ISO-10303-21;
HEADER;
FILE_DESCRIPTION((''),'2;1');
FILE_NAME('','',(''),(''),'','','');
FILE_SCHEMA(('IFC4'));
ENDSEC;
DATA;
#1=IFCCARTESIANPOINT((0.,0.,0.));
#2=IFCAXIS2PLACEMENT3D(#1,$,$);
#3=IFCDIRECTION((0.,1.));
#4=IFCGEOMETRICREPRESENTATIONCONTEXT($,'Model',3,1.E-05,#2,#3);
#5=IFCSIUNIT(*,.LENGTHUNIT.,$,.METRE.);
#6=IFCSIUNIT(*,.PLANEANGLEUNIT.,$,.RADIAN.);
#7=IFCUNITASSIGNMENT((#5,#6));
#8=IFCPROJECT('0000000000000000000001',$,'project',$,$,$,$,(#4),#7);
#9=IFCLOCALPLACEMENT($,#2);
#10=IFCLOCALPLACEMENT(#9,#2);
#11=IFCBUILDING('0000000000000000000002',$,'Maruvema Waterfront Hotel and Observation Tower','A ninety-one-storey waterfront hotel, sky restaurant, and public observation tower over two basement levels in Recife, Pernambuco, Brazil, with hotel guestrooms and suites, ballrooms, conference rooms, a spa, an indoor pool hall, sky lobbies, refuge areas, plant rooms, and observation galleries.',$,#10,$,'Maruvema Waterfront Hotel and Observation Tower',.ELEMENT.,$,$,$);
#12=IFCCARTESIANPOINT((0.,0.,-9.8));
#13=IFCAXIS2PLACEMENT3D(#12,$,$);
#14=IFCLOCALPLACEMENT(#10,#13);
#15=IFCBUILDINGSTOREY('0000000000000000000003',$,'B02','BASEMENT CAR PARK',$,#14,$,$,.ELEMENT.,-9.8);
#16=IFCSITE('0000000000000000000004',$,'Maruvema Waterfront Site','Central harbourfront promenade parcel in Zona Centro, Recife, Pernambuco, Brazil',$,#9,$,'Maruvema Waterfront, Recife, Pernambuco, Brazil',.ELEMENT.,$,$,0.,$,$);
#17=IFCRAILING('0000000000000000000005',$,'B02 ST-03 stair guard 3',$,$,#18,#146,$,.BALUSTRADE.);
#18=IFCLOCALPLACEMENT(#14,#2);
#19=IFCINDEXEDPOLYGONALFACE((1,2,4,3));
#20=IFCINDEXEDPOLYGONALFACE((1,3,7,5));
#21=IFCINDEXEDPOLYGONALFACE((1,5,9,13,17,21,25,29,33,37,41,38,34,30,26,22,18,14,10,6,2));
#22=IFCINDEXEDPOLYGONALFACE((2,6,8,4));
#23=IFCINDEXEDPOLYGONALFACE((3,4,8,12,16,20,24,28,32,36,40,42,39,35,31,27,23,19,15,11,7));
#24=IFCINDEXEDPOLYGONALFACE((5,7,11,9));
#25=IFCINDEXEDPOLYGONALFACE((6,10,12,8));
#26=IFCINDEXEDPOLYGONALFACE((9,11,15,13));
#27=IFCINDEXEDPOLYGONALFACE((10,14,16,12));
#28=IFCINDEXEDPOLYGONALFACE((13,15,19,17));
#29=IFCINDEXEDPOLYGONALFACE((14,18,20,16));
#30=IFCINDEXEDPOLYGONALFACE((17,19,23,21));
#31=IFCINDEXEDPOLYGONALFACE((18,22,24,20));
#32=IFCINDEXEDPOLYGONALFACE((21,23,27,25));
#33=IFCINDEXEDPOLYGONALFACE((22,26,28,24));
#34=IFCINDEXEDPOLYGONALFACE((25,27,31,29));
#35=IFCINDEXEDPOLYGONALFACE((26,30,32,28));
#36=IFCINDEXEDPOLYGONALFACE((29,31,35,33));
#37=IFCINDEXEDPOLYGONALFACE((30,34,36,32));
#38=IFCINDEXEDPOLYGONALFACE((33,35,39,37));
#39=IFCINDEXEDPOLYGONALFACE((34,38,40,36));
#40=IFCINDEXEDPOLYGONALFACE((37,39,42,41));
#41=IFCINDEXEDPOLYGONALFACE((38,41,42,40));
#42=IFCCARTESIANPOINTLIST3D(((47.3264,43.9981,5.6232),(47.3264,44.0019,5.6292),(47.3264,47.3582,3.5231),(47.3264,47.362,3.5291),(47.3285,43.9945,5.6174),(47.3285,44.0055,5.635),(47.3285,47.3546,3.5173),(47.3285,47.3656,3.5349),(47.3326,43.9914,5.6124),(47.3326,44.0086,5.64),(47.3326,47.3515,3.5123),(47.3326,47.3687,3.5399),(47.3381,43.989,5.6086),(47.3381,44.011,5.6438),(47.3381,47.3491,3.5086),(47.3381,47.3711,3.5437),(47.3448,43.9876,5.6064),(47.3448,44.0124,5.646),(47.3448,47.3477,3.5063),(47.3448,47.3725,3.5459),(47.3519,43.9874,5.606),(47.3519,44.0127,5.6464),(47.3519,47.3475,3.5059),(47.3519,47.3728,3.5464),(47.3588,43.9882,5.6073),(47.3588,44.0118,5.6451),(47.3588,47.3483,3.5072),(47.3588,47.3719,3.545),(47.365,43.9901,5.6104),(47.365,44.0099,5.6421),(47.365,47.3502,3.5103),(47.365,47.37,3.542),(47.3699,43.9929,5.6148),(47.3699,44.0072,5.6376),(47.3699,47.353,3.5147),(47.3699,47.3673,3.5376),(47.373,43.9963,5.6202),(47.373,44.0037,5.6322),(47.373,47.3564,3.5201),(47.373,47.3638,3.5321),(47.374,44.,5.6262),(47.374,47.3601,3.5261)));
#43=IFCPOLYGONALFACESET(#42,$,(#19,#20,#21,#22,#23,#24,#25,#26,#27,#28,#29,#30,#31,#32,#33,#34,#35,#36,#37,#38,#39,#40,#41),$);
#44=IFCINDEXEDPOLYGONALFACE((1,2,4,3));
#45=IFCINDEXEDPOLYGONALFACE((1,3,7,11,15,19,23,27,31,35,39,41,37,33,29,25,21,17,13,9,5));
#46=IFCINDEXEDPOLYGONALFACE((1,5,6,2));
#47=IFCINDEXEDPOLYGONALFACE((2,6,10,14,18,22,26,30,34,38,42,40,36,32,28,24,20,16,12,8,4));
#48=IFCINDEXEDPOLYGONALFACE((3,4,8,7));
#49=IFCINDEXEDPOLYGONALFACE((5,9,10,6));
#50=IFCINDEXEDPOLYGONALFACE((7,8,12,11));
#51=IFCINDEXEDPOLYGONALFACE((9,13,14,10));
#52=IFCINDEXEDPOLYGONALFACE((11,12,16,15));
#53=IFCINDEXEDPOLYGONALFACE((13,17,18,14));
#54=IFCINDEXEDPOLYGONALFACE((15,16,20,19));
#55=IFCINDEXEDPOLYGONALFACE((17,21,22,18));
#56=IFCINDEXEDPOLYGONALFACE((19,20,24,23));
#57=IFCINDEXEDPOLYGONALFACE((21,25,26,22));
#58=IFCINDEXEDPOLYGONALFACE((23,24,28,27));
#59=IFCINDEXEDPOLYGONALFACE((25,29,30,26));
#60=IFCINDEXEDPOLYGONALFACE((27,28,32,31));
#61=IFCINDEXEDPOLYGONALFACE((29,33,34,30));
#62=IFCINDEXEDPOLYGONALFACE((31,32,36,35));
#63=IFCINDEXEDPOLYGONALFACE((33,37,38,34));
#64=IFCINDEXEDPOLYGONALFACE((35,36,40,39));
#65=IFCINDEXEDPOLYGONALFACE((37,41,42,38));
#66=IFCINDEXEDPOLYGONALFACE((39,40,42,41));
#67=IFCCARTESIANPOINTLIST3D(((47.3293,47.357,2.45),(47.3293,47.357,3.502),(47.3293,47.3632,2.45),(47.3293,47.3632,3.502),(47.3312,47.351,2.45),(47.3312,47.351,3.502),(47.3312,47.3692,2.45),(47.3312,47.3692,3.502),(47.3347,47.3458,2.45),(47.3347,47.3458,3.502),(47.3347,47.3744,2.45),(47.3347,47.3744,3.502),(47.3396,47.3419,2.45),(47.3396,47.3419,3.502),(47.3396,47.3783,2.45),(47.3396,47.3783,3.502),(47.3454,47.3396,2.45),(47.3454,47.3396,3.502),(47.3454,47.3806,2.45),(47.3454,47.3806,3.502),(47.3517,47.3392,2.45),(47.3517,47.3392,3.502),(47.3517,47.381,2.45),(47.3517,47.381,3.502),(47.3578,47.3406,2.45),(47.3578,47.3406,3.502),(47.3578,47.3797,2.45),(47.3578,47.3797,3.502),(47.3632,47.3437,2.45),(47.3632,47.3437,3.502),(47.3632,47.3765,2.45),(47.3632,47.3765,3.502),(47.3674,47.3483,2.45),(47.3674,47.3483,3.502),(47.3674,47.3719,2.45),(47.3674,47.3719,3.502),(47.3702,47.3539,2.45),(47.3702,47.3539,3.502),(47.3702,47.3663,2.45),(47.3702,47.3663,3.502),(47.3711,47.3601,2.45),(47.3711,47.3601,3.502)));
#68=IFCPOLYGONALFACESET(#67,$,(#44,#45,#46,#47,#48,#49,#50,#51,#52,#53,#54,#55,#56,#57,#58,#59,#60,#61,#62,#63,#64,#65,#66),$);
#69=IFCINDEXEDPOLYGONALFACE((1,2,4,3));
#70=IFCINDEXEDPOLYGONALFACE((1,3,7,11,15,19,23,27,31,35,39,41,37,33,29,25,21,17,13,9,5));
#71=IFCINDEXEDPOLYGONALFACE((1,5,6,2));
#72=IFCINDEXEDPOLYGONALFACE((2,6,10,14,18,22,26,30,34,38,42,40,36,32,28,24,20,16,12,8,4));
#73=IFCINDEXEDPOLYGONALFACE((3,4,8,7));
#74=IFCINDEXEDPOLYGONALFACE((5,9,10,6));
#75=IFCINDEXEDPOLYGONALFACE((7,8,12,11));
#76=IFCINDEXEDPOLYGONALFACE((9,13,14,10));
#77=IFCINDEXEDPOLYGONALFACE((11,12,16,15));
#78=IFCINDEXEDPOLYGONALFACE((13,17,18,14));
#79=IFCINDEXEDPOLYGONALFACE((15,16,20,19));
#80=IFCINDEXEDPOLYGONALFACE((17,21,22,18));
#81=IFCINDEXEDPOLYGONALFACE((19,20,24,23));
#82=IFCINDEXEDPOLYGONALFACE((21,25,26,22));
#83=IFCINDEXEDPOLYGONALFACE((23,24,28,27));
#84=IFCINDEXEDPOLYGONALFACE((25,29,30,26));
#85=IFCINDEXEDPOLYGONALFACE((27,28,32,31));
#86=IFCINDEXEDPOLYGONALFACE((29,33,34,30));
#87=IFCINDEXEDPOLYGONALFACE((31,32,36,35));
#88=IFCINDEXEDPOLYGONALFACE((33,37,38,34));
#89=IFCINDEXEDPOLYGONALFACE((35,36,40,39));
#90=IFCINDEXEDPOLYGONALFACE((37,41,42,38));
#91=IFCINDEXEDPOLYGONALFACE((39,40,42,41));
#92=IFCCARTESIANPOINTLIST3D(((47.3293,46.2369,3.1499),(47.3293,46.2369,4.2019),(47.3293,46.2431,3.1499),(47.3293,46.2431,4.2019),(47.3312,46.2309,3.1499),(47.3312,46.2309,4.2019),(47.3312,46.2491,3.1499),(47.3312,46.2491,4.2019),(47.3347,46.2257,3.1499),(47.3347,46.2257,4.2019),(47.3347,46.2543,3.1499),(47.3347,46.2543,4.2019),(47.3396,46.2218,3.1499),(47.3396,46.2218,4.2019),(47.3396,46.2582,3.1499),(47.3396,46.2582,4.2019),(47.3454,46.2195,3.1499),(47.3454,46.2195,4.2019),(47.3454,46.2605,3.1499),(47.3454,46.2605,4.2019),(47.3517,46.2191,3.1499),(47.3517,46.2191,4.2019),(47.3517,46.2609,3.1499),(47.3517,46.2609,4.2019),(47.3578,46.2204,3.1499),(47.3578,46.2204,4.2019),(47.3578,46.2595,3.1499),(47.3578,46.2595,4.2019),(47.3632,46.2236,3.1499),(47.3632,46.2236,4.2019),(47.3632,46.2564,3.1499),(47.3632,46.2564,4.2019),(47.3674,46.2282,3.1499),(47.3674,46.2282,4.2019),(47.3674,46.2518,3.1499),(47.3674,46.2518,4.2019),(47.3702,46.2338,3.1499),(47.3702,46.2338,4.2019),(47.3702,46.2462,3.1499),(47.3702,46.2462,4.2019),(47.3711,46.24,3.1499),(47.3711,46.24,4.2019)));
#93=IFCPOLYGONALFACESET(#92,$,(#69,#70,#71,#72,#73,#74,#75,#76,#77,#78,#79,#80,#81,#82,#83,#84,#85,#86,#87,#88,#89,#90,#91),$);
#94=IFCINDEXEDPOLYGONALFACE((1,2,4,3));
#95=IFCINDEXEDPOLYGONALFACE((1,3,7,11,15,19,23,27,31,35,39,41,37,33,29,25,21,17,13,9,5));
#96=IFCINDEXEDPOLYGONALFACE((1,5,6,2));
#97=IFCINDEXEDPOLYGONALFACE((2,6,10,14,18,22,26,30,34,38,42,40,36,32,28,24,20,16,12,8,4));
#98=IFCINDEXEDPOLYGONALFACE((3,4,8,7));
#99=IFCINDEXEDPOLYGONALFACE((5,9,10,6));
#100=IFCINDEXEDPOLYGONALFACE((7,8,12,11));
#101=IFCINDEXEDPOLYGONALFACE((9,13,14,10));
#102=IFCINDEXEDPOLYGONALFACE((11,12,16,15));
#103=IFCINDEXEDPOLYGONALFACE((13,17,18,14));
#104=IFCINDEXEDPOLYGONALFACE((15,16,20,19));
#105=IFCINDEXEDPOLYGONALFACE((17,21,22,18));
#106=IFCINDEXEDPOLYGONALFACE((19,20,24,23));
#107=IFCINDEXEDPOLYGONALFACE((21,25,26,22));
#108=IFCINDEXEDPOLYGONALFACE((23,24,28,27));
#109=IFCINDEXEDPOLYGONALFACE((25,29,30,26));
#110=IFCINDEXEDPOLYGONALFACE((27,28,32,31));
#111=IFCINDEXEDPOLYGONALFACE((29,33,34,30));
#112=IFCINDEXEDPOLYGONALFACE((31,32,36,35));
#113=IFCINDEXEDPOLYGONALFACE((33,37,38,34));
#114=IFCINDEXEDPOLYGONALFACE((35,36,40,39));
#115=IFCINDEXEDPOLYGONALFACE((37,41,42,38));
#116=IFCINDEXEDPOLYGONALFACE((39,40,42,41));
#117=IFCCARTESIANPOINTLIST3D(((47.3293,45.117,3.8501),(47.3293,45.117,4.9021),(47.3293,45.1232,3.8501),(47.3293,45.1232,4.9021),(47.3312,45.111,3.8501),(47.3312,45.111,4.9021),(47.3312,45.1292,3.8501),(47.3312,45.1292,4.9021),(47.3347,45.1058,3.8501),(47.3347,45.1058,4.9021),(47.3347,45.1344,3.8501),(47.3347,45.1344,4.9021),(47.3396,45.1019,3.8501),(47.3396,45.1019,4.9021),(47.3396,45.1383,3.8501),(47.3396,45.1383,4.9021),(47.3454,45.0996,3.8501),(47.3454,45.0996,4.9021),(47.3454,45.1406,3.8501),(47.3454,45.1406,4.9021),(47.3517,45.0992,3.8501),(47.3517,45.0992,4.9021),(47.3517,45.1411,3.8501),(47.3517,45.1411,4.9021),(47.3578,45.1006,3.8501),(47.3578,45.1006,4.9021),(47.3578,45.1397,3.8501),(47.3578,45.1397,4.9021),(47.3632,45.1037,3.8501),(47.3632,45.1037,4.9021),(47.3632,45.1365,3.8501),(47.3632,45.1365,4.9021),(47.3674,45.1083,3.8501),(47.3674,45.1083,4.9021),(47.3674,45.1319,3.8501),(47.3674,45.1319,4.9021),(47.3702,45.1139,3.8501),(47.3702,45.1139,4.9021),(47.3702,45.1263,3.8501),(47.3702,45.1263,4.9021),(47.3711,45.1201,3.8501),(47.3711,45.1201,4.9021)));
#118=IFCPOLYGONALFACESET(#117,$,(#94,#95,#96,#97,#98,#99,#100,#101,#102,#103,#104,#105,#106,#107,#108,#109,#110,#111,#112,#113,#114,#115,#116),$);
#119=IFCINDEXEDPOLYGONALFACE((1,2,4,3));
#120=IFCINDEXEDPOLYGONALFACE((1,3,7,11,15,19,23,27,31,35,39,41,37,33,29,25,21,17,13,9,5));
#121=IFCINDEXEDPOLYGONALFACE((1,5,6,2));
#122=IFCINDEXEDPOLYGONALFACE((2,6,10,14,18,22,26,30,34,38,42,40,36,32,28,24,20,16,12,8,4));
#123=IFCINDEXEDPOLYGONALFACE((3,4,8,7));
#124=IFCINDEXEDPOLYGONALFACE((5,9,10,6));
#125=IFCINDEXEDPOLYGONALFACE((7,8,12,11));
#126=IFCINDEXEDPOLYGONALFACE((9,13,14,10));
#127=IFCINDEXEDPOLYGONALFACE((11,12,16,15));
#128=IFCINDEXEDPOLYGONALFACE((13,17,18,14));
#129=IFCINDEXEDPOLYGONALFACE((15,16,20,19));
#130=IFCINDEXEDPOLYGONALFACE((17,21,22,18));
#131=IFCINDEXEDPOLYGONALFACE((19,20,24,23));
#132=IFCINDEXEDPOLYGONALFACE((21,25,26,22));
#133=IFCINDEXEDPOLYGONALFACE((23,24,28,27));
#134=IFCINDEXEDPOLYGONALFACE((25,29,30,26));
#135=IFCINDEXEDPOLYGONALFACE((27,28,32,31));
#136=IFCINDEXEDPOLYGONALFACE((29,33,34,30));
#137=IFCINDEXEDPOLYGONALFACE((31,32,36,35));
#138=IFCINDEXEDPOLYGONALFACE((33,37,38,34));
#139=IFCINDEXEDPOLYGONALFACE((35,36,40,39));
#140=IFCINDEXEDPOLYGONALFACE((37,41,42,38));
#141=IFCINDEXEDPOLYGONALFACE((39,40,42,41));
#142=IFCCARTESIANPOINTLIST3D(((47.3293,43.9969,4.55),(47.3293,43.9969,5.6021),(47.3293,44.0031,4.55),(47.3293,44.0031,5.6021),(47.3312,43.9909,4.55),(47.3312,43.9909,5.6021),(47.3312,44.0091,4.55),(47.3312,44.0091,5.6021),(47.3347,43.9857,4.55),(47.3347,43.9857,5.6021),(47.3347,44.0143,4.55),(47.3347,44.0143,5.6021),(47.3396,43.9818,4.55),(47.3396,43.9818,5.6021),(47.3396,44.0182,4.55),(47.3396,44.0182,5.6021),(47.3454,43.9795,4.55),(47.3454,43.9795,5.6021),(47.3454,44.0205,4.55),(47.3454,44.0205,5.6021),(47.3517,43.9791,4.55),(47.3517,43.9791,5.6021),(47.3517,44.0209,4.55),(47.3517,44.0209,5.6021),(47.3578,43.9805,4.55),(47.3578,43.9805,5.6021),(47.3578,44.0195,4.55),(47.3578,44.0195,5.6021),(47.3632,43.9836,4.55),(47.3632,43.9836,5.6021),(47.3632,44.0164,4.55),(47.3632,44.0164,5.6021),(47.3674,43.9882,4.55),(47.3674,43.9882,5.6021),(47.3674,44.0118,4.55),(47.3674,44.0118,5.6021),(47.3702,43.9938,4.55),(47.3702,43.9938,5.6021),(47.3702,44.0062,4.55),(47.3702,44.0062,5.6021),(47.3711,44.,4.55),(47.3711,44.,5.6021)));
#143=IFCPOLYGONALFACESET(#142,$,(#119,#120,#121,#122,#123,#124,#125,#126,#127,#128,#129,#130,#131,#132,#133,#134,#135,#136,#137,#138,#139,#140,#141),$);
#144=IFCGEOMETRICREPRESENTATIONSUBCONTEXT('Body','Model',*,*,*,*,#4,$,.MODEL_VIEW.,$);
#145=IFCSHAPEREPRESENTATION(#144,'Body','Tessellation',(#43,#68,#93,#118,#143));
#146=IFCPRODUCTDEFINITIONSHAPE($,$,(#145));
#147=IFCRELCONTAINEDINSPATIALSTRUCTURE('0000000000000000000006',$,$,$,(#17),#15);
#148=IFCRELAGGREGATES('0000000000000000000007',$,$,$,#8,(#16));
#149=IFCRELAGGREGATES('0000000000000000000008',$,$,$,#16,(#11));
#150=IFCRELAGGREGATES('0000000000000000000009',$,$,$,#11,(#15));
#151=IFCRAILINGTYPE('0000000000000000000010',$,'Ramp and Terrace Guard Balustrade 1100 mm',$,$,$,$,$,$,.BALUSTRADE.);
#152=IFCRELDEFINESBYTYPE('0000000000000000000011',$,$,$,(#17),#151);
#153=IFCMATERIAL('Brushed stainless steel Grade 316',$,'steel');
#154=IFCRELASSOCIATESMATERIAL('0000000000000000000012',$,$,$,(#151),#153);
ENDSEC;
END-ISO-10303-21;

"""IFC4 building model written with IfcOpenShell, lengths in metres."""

from ifc_helpers import new_model, si_unit, direction, frame, origin, origin_2d, place, context, subcontext, project, spatial, circle, extrude, material, type_object, element, save


model = new_model("IFC4")

# Units and contexts
model_context = context("Model", 3, precision=1e-05, world=origin(), true_north=direction((0.0, 1.0)))
body_context = subcontext(model_context, "Body", "Model", "MODEL_VIEW")
ifc_project = project(units=[si_unit("LENGTHUNIT", "METRE"), si_unit("PLANEANGLEUNIT", "RADIAN")], contexts=[model_context])

# Site, building, storey
site_placement = place(None, origin())
site = spatial("IfcSite", under=ifc_project, at=site_placement, Name="Maruvema Waterfront Site", Description="Central harbourfront promenade parcel in Zona Centro, Recife, Pernambuco, Brazil", LongName="Maruvema Waterfront, Recife, Pernambuco, Brazil", CompositionType="ELEMENT", RefElevation=0.0)
building_placement = place(site_placement, origin())
building = spatial("IfcBuilding", under=site, at=building_placement, Name="Maruvema Waterfront Hotel and Observation Tower", Description="A ninety-one-storey waterfront hotel, sky restaurant, and public observation tower over two basement levels in Recife, Pernambuco, Brazil, with hotel guestrooms and suites, ballrooms, conference rooms, a spa, an indoor pool hall, sky lobbies, refuge areas, plant rooms, and observation galleries.", LongName="Maruvema Waterfront Hotel and Observation Tower", CompositionType="ELEMENT")
storey_placement = place(building_placement, frame((0.0, 0.0, -9.8)))
storey = spatial("IfcBuildingStorey", under=building, at=storey_placement, Name="B02", Description="BASEMENT CAR PARK", CompositionType="ELEMENT", Elevation=-9.8)

# Railing
ifc_material_1 = material(Name="Brushed stainless steel Grade 316", Category="steel")
railing_type_1 = type_object("IfcRailingType", Name="Ramp and Terrace Guard Balustrade 1100 mm", PredefinedType="BALUSTRADE", material=ifc_material_1)
railing_1_placement = place(storey_placement, frame((47.3501, 47.3601, 2.45)))
element("IfcRailing", 1, at=railing_1_placement, inside=storey, type_object=railing_type_1, Name="B02 ST-03 stair guard 3", PredefinedType="BALUSTRADE", context=body_context, shape_type="SweptSolid", body=[
    extrude(circle(Radius=0.0239, at=origin_2d()), frame((0.0, 0.0, 1.0762), z_axis=(0.0, -0.847995, 0.530004), x_axis=(1.0, 0.0, 0.0)), (0.0, 0.0, 1.0), 3.9624),
    extrude(circle(Radius=0.021, at=origin_2d()), origin(), (0.0, 0.0, 1.0), 1.052),
    extrude(circle(Radius=0.021, at=origin_2d()), frame((0.0, -1.1201, 0.7)), (0.0, 0.0, 1.0), 1.052),
    extrude(circle(Radius=0.021, at=origin_2d()), frame((0.0, -2.24, 1.4001)), (0.0, 0.0, 1.0), 1.052),
    extrude(circle(Radius=0.021, at=origin_2d()), frame((0.0, -3.3601, 2.1001)), (0.0, 0.0, 1.0), 1.052),
])

save(model, "model.ifc")
